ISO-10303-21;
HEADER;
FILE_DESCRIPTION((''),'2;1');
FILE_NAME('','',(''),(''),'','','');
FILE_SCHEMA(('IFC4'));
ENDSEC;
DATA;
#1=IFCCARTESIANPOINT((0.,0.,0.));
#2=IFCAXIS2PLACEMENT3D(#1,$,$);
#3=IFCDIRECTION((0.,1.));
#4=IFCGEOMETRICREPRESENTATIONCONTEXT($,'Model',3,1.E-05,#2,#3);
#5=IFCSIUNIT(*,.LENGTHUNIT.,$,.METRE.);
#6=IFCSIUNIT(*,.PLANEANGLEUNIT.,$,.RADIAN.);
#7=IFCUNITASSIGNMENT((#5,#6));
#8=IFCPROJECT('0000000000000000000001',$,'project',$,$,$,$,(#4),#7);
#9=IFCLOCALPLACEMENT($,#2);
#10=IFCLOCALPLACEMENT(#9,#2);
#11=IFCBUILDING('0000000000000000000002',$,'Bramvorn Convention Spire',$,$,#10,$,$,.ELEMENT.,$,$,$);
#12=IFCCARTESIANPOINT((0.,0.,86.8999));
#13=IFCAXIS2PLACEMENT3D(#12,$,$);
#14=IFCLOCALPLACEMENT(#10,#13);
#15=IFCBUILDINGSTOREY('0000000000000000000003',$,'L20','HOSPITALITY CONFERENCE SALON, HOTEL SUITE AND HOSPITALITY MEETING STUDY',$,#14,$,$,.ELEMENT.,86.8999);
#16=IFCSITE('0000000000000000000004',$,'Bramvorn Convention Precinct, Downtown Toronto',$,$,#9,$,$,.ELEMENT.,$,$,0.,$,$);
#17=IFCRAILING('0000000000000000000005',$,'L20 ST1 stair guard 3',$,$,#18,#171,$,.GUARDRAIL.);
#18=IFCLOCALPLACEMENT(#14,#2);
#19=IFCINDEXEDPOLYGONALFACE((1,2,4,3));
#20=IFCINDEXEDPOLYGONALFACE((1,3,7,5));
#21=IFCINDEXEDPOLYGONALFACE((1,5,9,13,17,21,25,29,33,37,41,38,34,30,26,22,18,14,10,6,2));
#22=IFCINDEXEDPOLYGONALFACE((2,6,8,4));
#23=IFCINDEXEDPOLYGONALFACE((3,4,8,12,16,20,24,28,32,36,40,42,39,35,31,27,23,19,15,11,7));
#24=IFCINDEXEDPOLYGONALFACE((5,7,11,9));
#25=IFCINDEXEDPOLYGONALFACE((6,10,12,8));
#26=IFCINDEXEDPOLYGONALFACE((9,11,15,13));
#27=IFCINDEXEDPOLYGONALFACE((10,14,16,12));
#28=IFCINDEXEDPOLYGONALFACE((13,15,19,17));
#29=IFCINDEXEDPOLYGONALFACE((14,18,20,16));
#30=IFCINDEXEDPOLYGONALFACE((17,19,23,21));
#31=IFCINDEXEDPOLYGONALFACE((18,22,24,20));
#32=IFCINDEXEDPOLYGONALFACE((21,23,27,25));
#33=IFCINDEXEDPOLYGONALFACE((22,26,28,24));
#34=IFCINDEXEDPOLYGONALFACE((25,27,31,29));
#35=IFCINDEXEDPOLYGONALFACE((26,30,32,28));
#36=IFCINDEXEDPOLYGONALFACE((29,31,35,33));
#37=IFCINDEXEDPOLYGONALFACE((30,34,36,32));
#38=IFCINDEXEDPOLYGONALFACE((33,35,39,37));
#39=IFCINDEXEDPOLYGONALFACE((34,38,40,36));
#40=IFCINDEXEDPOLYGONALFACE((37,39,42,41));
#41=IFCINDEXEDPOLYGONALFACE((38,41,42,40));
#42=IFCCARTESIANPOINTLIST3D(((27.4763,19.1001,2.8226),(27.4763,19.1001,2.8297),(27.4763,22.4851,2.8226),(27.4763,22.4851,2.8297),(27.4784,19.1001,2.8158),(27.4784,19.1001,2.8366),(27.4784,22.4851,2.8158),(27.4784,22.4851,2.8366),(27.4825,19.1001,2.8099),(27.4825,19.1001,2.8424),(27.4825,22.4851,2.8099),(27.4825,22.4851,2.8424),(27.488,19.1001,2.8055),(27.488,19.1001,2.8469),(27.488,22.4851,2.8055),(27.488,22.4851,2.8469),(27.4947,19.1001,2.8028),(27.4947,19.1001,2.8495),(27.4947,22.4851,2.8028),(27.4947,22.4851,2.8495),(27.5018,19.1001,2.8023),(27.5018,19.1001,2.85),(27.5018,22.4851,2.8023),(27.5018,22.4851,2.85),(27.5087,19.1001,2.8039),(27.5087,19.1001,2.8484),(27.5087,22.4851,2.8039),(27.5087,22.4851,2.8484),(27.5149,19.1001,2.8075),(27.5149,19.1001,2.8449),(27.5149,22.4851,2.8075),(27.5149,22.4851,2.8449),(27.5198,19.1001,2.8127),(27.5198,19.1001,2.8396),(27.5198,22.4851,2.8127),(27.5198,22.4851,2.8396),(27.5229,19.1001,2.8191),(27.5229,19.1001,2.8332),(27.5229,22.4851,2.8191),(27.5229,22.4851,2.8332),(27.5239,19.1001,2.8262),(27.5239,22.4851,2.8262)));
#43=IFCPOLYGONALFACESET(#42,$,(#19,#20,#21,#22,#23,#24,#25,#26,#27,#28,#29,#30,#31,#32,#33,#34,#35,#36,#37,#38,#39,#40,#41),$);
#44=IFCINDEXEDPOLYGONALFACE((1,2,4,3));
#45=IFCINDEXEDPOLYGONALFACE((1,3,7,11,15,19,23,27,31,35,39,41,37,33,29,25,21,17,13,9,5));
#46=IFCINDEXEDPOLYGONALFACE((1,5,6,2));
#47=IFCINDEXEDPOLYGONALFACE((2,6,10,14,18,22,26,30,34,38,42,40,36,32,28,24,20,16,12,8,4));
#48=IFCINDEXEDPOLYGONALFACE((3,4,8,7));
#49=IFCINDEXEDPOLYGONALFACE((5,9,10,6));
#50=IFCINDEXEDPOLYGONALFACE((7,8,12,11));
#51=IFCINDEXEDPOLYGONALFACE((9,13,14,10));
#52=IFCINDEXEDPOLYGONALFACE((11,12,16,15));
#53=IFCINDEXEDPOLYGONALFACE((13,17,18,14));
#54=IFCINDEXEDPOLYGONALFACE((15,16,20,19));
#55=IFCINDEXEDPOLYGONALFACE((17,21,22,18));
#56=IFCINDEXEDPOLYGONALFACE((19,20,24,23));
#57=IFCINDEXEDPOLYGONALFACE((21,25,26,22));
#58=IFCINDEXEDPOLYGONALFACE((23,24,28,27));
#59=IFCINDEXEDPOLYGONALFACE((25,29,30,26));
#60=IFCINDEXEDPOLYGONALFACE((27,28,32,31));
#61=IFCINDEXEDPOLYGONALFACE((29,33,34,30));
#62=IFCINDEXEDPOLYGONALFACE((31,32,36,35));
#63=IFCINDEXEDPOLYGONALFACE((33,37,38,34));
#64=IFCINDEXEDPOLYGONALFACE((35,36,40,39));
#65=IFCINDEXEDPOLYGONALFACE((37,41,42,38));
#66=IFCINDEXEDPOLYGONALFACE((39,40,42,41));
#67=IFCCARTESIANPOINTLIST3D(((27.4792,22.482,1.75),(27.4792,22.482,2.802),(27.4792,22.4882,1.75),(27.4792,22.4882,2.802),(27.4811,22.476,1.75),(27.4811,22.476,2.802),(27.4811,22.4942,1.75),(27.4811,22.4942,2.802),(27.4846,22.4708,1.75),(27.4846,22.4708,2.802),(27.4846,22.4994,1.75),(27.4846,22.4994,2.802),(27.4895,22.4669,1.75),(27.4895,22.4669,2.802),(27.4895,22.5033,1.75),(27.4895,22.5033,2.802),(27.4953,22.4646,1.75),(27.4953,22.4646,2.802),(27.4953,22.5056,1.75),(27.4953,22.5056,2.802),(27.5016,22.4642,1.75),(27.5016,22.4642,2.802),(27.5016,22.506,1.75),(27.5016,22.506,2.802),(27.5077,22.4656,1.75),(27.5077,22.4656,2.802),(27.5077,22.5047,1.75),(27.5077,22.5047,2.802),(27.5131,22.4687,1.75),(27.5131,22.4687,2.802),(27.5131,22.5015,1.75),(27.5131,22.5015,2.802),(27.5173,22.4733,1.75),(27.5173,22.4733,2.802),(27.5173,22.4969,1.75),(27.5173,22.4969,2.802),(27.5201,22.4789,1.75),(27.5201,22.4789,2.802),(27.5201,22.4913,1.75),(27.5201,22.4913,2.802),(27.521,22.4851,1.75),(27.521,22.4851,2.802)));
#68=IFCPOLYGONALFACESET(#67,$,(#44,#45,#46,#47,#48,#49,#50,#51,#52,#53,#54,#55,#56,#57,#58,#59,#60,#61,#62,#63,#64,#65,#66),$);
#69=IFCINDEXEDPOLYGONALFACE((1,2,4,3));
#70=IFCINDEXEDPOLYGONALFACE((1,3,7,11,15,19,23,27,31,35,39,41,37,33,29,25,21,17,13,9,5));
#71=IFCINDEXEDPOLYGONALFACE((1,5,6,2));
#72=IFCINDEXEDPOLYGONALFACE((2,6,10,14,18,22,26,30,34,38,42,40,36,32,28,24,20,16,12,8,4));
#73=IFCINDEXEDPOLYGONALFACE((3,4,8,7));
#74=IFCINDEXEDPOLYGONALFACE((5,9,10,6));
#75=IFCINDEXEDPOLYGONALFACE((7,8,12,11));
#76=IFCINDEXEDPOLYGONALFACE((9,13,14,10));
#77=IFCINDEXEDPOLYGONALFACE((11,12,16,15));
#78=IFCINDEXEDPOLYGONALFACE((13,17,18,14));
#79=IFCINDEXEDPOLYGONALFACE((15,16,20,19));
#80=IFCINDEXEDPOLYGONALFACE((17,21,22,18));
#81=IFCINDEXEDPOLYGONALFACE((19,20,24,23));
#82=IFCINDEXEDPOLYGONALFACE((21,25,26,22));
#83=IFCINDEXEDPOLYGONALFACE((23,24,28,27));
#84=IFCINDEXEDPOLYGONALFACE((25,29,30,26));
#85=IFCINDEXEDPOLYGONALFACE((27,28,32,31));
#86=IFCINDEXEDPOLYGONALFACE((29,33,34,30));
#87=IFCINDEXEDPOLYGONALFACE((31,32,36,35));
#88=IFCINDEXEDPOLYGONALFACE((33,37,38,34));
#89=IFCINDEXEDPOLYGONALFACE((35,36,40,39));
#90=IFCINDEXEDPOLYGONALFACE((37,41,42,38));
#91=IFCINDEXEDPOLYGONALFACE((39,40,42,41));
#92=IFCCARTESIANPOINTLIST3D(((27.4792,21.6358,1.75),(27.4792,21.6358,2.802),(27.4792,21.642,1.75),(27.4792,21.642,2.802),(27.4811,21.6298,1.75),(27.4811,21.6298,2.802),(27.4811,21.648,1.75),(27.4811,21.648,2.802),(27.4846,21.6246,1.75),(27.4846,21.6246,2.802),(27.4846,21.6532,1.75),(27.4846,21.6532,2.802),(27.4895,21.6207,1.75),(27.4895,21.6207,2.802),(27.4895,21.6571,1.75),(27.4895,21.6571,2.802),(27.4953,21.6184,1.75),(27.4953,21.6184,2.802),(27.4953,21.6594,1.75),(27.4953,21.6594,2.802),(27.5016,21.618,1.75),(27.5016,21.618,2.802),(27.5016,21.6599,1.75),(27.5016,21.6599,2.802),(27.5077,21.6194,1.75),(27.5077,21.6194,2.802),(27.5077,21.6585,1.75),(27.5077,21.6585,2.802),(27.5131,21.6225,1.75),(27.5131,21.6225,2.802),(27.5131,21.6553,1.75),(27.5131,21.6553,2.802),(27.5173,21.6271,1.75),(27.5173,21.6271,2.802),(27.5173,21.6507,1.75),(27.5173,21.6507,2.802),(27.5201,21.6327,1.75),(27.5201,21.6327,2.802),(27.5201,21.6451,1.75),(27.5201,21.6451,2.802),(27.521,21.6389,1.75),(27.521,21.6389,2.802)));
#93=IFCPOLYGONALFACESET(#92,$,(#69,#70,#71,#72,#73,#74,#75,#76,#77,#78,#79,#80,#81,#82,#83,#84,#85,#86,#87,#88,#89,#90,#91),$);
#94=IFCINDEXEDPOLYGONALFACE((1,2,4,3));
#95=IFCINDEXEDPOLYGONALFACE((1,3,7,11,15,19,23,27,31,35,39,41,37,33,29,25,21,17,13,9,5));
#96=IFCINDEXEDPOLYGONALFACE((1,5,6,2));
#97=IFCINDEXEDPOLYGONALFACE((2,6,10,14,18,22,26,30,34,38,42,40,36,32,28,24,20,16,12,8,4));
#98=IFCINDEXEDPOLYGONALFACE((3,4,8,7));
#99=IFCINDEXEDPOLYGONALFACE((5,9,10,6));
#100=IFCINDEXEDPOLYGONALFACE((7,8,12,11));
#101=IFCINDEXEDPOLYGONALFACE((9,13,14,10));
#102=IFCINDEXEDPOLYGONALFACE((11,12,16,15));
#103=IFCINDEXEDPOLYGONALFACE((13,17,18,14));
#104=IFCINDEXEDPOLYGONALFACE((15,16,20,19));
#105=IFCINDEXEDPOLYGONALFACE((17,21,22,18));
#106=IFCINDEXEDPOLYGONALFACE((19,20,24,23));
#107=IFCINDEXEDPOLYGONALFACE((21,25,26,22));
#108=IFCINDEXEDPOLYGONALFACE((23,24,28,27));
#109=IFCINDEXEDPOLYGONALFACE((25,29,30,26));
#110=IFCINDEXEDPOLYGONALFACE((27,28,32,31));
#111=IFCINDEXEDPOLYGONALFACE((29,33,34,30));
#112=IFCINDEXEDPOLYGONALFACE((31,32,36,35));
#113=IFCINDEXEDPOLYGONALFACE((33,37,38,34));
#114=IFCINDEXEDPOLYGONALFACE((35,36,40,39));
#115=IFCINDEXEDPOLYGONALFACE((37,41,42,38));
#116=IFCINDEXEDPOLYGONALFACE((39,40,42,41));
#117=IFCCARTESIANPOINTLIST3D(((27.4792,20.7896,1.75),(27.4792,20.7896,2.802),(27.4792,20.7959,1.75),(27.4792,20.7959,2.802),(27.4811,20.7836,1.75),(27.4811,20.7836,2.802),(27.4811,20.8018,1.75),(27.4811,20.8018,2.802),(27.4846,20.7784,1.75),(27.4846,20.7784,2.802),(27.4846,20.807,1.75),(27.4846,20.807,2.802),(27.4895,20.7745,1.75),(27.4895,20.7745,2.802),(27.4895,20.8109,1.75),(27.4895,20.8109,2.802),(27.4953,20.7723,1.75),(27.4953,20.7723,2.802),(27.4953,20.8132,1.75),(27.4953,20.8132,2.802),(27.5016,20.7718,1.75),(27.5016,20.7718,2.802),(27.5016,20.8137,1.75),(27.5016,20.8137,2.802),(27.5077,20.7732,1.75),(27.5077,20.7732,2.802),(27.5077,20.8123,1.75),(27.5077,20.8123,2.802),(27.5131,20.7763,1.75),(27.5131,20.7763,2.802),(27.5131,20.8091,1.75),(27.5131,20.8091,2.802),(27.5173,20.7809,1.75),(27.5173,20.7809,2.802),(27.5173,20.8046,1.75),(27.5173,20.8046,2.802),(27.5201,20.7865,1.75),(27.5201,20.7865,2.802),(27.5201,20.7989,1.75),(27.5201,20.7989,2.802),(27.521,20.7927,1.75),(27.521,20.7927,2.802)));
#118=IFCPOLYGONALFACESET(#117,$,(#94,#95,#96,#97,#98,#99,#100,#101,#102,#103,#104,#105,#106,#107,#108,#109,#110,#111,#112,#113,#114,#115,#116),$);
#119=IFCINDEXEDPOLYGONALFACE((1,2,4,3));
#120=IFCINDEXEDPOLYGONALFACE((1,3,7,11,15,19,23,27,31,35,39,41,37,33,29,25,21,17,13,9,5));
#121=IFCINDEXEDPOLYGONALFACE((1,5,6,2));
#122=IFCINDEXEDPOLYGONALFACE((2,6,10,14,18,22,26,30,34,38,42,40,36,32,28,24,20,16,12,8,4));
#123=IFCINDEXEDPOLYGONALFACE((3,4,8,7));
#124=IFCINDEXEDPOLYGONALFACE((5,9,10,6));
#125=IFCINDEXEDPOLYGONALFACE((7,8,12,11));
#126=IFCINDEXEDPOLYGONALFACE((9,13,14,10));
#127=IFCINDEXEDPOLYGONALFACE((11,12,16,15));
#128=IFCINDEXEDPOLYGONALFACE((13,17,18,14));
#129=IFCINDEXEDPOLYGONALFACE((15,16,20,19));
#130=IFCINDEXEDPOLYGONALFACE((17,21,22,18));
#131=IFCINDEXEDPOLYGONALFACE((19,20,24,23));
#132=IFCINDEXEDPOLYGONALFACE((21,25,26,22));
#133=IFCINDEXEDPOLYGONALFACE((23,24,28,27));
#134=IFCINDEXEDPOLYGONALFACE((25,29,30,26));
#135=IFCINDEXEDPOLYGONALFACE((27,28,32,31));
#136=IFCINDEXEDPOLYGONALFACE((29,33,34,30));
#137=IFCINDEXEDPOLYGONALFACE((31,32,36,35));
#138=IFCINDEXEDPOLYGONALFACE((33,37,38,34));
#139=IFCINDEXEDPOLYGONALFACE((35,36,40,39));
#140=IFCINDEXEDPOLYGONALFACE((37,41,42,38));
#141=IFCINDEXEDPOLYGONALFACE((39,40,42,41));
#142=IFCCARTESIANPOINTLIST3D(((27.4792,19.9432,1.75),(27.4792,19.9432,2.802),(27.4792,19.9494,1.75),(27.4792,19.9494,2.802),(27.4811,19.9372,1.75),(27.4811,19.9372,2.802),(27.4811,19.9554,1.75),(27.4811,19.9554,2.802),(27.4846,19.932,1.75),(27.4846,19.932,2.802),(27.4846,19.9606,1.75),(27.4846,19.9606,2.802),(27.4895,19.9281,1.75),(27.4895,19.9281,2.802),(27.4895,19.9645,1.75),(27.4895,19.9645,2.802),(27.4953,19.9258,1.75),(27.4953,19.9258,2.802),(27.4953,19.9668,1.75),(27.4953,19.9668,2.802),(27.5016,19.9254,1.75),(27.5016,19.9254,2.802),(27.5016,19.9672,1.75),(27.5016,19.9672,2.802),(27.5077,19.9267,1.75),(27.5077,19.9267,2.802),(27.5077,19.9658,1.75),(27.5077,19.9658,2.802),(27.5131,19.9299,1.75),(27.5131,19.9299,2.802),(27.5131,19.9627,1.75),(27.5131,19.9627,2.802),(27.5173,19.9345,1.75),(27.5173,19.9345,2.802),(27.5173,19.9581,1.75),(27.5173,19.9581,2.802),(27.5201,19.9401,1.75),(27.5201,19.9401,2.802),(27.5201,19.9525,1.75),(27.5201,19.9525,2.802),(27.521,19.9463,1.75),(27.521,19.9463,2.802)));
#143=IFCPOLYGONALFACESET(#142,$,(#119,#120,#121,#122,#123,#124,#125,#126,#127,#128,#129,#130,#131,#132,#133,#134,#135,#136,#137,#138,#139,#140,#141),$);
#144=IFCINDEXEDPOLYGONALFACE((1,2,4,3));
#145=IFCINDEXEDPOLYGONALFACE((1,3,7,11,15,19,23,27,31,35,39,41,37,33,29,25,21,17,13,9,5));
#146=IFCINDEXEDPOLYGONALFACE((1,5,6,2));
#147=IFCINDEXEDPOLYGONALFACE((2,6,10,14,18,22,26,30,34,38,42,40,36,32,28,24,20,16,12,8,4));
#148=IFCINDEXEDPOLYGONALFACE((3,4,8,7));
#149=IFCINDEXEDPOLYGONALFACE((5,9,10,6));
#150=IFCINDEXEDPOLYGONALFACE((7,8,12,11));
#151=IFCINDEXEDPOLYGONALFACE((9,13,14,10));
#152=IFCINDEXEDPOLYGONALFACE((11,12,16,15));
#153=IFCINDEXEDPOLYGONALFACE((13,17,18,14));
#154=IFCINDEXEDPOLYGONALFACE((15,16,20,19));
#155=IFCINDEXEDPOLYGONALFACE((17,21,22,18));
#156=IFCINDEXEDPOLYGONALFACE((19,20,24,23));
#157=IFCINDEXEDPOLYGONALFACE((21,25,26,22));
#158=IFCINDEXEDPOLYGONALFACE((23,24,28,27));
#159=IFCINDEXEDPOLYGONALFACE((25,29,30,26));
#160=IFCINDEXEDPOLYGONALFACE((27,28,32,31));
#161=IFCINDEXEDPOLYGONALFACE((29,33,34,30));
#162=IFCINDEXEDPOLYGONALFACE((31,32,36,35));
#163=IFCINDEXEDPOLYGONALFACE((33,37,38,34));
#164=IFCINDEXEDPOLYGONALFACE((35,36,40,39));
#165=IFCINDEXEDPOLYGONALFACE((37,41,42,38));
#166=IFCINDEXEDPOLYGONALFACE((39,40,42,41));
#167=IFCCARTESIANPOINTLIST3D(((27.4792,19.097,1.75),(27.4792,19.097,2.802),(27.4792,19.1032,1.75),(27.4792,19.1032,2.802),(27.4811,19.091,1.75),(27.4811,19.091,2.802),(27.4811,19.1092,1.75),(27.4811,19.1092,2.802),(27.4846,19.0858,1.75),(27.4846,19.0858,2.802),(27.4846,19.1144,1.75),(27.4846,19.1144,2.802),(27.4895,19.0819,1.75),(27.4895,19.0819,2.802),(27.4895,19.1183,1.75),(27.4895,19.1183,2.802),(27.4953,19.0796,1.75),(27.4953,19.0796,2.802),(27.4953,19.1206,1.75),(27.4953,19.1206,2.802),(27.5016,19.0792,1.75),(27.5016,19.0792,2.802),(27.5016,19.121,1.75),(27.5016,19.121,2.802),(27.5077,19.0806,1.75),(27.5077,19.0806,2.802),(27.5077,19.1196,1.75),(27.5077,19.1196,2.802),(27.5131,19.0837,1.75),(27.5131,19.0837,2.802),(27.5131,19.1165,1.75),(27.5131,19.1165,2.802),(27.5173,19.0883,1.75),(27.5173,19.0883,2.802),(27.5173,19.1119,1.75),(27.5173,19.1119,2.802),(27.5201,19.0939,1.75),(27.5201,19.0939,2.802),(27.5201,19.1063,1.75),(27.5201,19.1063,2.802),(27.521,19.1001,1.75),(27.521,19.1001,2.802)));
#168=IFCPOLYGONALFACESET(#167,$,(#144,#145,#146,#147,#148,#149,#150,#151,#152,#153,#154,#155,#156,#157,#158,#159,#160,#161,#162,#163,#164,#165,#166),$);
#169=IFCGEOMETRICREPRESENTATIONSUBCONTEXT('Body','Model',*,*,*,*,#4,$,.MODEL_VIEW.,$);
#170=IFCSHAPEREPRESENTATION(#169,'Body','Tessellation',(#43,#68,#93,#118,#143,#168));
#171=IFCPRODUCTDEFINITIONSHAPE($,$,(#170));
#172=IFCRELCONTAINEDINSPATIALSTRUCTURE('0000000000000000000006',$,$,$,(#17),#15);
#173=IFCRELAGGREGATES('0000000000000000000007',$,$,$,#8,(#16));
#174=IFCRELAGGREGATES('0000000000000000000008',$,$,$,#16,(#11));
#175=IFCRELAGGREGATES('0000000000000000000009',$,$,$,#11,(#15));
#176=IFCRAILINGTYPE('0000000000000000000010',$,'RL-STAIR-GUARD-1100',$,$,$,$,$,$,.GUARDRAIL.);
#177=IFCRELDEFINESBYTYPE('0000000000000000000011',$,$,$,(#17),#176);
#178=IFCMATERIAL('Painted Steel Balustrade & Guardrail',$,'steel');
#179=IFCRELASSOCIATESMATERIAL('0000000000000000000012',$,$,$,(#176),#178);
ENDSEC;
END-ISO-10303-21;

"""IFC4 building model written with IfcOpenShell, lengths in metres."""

from ifc_helpers import new_model, si_unit, direction, frame, origin, origin_2d, place, context, subcontext, project, spatial, circle, extrude, material, type_object, element, save


model = new_model("IFC4")

# Units and contexts
model_context = context("Model", 3, precision=1e-05, world=origin(), true_north=direction((0.0, 1.0)))
body_context = subcontext(model_context, "Body", "Model", "MODEL_VIEW")
ifc_project = project(units=[si_unit("LENGTHUNIT", "METRE"), si_unit("PLANEANGLEUNIT", "RADIAN")], contexts=[model_context])

# Site, building, storey
site_placement = place(None, origin())
site = spatial("IfcSite", under=ifc_project, at=site_placement, Name="Bramvorn Convention Precinct, Downtown Toronto", CompositionType="ELEMENT", RefElevation=0.0)
building_placement = place(site_placement, origin())
building = spatial("IfcBuilding", under=site, at=building_placement, Name="Bramvorn Convention Spire", CompositionType="ELEMENT")
storey_placement = place(building_placement, frame((0.0, 0.0, 86.8999)))
storey = spatial("IfcBuildingStorey", under=building, at=storey_placement, Name="L20", Description="HOSPITALITY CONFERENCE SALON, HOTEL SUITE AND HOSPITALITY MEETING STUDY", CompositionType="ELEMENT", Elevation=86.8999)

# Railing
ifc_material_1 = material(Name="Painted Steel Balustrade & Guardrail", Category="steel")
railing_type_1 = type_object("IfcRailingType", Name="RL-STAIR-GUARD-1100", PredefinedType="GUARDRAIL", material=ifc_material_1)
for number, where, name in (
    (1, (27.5, 22.4851, 1.75), "L20 ST1 stair guard 3"),
):
    element("IfcRailing", number, at=place(storey_placement, frame(where)), inside=storey, type_object=railing_type_1, Name=name, PredefinedType="GUARDRAIL", context=body_context, shape_type="SweptSolid", body=[
        extrude(circle(Radius=0.0239, at=origin_2d()), frame((0.0, 0.0, 1.0762), z_axis=(0.0, -1.0, 0.0), x_axis=(1.0, 0.0, 0.0)), (0.0, 0.0, 1.0), 3.385),
        extrude(circle(Radius=0.021, at=origin_2d()), origin(), (0.0, 0.0, 1.0), 1.052),
        extrude(circle(Radius=0.021, at=origin_2d()), frame((0.0, -0.8462, 0.0)), (0.0, 0.0, 1.0), 1.052),
        extrude(circle(Radius=0.021, at=origin_2d()), frame((0.0, -1.6924, 0.0)), (0.0, 0.0, 1.0), 1.052),
        extrude(circle(Radius=0.021, at=origin_2d()), frame((0.0, -2.5388, 0.0)), (0.0, 0.0, 1.0), 1.052),
        extrude(circle(Radius=0.021, at=origin_2d()), frame((0.0, -3.385, 0.0)), (0.0, 0.0, 1.0), 1.052),
    ])

save(model, "model.ifc")
